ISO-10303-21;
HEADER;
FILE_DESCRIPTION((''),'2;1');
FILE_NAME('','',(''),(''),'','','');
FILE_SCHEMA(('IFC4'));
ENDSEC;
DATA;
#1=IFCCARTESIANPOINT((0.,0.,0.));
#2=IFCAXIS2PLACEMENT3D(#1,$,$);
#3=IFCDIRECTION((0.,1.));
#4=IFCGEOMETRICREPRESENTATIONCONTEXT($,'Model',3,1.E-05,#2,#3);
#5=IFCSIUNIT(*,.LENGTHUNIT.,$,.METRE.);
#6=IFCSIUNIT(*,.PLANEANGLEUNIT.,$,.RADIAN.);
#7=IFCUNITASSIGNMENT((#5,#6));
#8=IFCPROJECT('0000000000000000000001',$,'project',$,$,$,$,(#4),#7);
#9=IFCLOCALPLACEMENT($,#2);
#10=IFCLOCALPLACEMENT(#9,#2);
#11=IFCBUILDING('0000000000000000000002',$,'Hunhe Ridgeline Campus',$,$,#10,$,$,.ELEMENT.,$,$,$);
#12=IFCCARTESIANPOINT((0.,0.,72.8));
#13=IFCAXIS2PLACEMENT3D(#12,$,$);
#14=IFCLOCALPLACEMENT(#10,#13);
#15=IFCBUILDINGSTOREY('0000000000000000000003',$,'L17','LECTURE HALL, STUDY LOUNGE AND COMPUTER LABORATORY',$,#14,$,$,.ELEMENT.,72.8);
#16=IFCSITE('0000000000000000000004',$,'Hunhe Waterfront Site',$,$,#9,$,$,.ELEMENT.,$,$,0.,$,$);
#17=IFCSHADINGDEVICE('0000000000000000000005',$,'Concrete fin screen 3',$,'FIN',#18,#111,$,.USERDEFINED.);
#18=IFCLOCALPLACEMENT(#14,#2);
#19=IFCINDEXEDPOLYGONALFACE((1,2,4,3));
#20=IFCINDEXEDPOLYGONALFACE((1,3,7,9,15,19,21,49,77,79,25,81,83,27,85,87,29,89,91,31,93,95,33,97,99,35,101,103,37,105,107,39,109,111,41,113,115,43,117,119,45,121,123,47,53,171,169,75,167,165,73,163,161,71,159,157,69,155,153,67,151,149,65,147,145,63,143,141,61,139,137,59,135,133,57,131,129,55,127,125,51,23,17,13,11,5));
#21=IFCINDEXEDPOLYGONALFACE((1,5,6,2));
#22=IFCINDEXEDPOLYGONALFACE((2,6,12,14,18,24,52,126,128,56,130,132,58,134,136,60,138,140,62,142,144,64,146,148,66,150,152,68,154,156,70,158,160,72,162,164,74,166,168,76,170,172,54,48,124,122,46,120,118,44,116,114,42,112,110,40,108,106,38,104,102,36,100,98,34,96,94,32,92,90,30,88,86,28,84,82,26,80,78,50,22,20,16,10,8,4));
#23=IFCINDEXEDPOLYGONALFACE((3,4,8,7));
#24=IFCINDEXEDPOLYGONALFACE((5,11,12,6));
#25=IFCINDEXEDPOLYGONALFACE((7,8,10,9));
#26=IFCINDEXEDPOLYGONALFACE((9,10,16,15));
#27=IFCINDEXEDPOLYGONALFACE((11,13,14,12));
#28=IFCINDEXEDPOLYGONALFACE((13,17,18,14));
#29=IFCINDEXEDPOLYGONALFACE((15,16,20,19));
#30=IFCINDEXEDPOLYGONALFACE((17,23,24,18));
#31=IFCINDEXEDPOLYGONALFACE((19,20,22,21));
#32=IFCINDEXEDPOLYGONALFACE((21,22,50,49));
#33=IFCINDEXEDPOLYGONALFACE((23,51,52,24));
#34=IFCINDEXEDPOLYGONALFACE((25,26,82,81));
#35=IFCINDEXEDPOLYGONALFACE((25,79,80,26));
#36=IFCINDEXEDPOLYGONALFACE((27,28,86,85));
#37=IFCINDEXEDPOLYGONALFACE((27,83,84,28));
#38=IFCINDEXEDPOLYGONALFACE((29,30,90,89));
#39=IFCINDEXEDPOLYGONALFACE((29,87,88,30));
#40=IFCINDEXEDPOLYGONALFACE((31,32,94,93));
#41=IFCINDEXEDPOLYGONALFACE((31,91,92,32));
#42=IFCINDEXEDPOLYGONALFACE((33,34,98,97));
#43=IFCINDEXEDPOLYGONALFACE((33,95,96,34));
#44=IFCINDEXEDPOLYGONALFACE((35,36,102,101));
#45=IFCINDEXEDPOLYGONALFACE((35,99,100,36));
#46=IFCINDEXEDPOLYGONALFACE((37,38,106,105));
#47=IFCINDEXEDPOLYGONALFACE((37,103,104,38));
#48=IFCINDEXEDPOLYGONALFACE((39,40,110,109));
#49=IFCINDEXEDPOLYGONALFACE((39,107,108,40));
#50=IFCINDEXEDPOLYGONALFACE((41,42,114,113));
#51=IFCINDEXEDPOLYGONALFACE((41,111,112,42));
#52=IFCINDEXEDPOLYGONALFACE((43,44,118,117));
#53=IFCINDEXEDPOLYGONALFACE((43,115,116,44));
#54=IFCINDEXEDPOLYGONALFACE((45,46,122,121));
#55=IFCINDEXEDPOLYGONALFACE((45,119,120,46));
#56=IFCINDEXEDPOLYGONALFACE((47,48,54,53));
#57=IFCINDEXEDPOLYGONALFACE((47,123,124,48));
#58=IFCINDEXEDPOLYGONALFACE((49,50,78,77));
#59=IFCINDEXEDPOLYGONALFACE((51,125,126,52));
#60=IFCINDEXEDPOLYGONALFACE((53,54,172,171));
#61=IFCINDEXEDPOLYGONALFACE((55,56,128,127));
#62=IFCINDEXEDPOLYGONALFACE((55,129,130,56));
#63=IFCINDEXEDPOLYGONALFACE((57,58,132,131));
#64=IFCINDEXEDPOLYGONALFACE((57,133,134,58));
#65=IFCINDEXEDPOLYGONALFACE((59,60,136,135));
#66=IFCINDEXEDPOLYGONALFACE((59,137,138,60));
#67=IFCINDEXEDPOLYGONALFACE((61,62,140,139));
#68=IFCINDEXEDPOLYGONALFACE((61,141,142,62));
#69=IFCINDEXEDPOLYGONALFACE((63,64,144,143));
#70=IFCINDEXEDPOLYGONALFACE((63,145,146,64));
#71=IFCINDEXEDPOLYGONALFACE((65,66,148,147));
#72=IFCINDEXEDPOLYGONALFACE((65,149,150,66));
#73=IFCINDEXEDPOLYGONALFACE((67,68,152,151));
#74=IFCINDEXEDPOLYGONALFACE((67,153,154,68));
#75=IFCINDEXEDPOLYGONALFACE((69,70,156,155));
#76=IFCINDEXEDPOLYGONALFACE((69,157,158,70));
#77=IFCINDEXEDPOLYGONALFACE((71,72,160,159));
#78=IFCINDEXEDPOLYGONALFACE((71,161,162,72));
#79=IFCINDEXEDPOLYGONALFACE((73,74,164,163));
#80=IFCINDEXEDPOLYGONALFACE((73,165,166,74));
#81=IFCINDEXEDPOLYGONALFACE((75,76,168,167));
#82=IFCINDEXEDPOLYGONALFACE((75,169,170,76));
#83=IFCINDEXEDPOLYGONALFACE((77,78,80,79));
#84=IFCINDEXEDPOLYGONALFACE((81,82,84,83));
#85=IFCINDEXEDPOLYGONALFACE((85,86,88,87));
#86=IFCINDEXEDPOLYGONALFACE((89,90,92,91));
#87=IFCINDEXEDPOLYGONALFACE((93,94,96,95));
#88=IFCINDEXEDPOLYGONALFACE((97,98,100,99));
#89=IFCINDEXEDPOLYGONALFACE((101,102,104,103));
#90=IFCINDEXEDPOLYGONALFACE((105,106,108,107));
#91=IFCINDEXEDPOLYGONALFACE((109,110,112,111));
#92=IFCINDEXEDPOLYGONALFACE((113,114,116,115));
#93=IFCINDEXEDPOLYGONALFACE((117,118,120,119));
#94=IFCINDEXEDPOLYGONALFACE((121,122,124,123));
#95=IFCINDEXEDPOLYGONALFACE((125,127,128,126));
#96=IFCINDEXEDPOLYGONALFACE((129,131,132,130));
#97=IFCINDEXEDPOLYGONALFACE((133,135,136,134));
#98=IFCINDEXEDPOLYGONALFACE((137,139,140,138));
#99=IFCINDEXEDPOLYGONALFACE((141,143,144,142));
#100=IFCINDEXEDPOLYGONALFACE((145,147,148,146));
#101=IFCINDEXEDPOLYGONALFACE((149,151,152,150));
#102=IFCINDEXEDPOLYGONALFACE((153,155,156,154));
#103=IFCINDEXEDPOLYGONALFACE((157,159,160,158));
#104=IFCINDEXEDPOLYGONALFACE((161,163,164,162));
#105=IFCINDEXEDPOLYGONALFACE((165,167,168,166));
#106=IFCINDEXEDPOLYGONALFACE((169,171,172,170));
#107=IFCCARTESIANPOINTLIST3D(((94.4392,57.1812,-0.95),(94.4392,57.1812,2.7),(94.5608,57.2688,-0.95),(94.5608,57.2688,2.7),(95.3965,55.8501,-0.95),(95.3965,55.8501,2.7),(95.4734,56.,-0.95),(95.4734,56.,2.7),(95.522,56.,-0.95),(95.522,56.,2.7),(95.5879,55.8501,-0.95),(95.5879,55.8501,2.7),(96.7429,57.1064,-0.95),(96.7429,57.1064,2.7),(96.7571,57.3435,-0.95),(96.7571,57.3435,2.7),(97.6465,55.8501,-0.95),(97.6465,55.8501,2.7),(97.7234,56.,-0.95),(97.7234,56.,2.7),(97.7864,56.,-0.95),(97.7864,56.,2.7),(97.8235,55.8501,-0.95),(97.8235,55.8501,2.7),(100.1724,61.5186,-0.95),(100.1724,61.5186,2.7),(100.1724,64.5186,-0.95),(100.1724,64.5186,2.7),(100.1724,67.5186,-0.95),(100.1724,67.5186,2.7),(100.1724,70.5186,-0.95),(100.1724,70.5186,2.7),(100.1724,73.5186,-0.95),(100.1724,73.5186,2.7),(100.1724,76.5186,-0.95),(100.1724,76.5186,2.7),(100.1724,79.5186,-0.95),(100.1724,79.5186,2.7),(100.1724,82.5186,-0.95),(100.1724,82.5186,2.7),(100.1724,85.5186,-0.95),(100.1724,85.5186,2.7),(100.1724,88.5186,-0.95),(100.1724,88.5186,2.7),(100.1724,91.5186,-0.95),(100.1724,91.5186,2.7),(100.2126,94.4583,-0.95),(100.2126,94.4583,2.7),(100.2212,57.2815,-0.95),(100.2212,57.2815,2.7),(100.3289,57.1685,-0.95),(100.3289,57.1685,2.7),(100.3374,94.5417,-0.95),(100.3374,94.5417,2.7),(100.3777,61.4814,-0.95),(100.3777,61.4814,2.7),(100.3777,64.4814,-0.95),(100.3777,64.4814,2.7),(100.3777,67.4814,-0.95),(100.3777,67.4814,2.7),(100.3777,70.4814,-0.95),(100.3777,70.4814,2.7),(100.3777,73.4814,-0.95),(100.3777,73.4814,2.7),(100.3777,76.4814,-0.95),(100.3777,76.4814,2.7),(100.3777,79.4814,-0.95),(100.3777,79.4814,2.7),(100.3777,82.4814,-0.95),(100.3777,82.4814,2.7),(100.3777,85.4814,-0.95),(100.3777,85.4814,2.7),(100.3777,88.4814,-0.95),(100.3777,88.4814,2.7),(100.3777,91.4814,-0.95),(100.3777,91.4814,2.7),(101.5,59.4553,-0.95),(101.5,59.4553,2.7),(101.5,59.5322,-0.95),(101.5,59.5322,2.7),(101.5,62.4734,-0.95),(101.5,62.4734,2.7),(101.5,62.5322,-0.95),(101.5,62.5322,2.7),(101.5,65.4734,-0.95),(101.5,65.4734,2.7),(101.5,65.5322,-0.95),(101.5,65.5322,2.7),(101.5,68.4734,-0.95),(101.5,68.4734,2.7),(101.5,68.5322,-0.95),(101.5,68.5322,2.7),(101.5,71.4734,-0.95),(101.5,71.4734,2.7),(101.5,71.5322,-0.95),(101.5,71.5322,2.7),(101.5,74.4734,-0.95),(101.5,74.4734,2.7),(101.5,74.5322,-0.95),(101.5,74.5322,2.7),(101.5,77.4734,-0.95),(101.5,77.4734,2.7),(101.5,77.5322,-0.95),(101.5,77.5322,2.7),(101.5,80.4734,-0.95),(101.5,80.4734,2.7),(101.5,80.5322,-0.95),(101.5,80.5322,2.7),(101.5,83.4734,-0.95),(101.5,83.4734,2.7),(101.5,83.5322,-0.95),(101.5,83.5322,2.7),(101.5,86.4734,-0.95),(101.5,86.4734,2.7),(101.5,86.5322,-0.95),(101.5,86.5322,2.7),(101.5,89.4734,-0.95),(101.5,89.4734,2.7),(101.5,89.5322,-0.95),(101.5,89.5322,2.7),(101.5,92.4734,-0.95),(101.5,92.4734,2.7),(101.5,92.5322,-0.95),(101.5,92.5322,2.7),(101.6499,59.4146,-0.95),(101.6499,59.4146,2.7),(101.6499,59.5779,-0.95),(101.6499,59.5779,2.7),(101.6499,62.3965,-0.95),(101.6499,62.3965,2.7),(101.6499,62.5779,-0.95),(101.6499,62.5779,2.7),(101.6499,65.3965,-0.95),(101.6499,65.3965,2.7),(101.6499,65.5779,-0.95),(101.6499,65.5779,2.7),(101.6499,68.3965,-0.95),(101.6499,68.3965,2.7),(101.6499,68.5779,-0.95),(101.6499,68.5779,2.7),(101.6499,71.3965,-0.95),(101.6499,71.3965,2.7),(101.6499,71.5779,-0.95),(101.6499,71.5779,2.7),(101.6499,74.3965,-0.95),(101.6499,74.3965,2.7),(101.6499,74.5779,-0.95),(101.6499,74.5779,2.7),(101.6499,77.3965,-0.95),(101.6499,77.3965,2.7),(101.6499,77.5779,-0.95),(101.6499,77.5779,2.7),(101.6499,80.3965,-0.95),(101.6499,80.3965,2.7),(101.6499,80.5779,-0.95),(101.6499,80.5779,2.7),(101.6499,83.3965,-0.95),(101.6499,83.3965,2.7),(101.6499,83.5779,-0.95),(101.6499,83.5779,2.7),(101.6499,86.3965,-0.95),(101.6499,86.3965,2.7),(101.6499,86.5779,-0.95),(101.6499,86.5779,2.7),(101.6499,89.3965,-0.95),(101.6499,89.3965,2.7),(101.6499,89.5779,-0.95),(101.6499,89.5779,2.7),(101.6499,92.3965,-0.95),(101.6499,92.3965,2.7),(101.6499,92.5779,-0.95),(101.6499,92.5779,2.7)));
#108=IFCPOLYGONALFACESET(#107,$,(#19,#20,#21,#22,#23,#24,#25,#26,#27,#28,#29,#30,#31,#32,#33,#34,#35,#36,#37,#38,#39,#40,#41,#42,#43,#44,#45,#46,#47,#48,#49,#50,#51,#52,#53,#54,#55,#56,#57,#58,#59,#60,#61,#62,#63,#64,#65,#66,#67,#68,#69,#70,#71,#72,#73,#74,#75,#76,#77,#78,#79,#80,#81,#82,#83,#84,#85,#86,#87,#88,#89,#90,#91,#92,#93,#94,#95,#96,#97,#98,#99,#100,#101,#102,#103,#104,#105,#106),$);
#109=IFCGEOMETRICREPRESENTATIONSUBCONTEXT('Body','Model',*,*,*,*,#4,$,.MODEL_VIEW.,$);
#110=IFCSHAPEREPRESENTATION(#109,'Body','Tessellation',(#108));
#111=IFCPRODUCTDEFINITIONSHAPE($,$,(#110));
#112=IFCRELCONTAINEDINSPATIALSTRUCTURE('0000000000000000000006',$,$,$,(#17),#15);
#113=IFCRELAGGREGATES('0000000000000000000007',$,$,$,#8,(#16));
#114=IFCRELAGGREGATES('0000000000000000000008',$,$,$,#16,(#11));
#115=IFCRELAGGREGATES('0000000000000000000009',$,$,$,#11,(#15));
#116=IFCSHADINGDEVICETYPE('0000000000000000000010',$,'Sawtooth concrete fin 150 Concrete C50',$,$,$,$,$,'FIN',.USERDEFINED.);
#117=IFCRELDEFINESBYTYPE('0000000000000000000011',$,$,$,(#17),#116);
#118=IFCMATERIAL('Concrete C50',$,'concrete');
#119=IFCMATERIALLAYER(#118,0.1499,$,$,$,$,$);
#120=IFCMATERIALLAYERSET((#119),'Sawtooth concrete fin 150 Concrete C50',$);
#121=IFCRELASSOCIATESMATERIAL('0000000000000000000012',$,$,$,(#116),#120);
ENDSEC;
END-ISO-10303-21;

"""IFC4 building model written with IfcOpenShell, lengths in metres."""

from ifc_helpers import new_model, si_unit, direction, frame, origin, place, context, subcontext, project, spatial, polyline, outline, extrude, material, layer, layer_set, type_object, element, save


model = new_model("IFC4")

# Units and contexts
model_context = context("Model", 3, precision=1e-05, world=origin(), true_north=direction((0.0, 1.0)))
body_context = subcontext(model_context, "Body", "Model", "MODEL_VIEW")
ifc_project = project(units=[si_unit("LENGTHUNIT", "METRE"), si_unit("PLANEANGLEUNIT", "RADIAN")], contexts=[model_context])

# Site, building, storey
site_placement = place(None, origin())
site = spatial("IfcSite", under=ifc_project, at=site_placement, Name="Hunhe Waterfront Site", CompositionType="ELEMENT", RefElevation=0.0)
building_placement = place(site_placement, origin())
building = spatial("IfcBuilding", under=site, at=building_placement, Name="Hunhe Ridgeline Campus", CompositionType="ELEMENT")
storey_placement = place(building_placement, frame((0.0, 0.0, 72.8)))
storey = spatial("IfcBuildingStorey", under=building, at=storey_placement, Name="L17", Description="LECTURE HALL, STUDY LOUNGE AND COMPUTER LABORATORY", CompositionType="ELEMENT", Elevation=72.8)

# Shading device
ifc_material_1 = material(Name="Concrete C50", Category="concrete")
ifc_layer_1 = layer(ifc_material_1, 0.1499)
ifc_layer_set_1 = layer_set([ifc_layer_1], Name="Sawtooth concrete fin 150 Concrete C50")
shading_device_type = type_object("IfcShadingDeviceType", Name="Sawtooth concrete fin 150 Concrete C50", ElementType="FIN", PredefinedType="USERDEFINED", material=ifc_layer_set_1)
shading_device_1_placement = place(storey_placement, frame((0.0, 0.0, -0.95)))
element("IfcShadingDevice", 1, at=shading_device_1_placement, inside=storey, type_object=shading_device_type, Name="Concrete fin screen 3", ObjectType="FIN", PredefinedType="USERDEFINED", context=body_context, shape_type="SweptSolid", body=[
    extrude(outline(polyline([(94.5608, 57.2688), (94.4392, 57.1812), (95.3965, 55.8501), (95.5879, 55.8501), (96.7429, 57.1064), (97.6465, 55.8501), (97.8235, 55.8501), (100.3289, 57.1685), (101.6499, 59.4146), (101.6499, 59.5779), (100.3777, 61.4814), (101.6499, 62.3965), (101.6499, 62.5779), (100.3777, 64.4814), (101.6499, 65.3965), (101.6499, 65.5779), (100.3777, 67.4814), (101.6499, 68.3965), (101.6499, 68.5779), (100.3777, 70.4814), (101.6499, 71.3965), (101.6499, 71.5779), (100.3777, 73.4814), (101.6499, 74.3965), (101.6499, 74.5779), (100.3777, 76.4814), (101.6499, 77.3965), (101.6499, 77.5779), (100.3777, 79.4814), (101.6499, 80.3965), (101.6499, 80.5779), (100.3777, 82.4814), (101.6499, 83.3965), (101.6499, 83.5779), (100.3777, 85.4814), (101.6499, 86.3965), (101.6499, 86.5779), (100.3777, 88.4814), (101.6499, 89.3965), (101.6499, 89.5779), (100.3777, 91.4814), (101.6499, 92.3965), (101.6499, 92.5779), (100.3374, 94.5417), (100.2126, 94.4583), (101.5, 92.5322), (101.5, 92.4734), (100.1724, 91.5186), (101.5, 89.5322), (101.5, 89.4734), (100.1724, 88.5186), (101.5, 86.5322), (101.5, 86.4734), (100.1724, 85.5186), (101.5, 83.5322), (101.5, 83.4734), (100.1724, 82.5186), (101.5, 80.5322), (101.5, 80.4734), (100.1724, 79.5186), (101.5, 77.5322), (101.5, 77.4734), (100.1724, 76.5186), (101.5, 74.5322), (101.5, 74.4734), (100.1724, 73.5186), (101.5, 71.5322), (101.5, 71.4734), (100.1724, 70.5186), (101.5, 68.5322), (101.5, 68.4734), (100.1724, 67.5186), (101.5, 65.5322), (101.5, 65.4734), (100.1724, 64.5186), (101.5, 62.5322), (101.5, 62.4734), (100.1724, 61.5186), (101.5, 59.5322), (101.5, 59.4553), (100.2212, 57.2815), (97.7864, 56.0), (97.7234, 56.0), (96.7571, 57.3435), (95.522, 56.0), (95.4734, 56.0), (94.5608, 57.2688)])), origin(), (0.0, 0.0, 1.0), 3.6499),
])

save(model, "model.ifc")
